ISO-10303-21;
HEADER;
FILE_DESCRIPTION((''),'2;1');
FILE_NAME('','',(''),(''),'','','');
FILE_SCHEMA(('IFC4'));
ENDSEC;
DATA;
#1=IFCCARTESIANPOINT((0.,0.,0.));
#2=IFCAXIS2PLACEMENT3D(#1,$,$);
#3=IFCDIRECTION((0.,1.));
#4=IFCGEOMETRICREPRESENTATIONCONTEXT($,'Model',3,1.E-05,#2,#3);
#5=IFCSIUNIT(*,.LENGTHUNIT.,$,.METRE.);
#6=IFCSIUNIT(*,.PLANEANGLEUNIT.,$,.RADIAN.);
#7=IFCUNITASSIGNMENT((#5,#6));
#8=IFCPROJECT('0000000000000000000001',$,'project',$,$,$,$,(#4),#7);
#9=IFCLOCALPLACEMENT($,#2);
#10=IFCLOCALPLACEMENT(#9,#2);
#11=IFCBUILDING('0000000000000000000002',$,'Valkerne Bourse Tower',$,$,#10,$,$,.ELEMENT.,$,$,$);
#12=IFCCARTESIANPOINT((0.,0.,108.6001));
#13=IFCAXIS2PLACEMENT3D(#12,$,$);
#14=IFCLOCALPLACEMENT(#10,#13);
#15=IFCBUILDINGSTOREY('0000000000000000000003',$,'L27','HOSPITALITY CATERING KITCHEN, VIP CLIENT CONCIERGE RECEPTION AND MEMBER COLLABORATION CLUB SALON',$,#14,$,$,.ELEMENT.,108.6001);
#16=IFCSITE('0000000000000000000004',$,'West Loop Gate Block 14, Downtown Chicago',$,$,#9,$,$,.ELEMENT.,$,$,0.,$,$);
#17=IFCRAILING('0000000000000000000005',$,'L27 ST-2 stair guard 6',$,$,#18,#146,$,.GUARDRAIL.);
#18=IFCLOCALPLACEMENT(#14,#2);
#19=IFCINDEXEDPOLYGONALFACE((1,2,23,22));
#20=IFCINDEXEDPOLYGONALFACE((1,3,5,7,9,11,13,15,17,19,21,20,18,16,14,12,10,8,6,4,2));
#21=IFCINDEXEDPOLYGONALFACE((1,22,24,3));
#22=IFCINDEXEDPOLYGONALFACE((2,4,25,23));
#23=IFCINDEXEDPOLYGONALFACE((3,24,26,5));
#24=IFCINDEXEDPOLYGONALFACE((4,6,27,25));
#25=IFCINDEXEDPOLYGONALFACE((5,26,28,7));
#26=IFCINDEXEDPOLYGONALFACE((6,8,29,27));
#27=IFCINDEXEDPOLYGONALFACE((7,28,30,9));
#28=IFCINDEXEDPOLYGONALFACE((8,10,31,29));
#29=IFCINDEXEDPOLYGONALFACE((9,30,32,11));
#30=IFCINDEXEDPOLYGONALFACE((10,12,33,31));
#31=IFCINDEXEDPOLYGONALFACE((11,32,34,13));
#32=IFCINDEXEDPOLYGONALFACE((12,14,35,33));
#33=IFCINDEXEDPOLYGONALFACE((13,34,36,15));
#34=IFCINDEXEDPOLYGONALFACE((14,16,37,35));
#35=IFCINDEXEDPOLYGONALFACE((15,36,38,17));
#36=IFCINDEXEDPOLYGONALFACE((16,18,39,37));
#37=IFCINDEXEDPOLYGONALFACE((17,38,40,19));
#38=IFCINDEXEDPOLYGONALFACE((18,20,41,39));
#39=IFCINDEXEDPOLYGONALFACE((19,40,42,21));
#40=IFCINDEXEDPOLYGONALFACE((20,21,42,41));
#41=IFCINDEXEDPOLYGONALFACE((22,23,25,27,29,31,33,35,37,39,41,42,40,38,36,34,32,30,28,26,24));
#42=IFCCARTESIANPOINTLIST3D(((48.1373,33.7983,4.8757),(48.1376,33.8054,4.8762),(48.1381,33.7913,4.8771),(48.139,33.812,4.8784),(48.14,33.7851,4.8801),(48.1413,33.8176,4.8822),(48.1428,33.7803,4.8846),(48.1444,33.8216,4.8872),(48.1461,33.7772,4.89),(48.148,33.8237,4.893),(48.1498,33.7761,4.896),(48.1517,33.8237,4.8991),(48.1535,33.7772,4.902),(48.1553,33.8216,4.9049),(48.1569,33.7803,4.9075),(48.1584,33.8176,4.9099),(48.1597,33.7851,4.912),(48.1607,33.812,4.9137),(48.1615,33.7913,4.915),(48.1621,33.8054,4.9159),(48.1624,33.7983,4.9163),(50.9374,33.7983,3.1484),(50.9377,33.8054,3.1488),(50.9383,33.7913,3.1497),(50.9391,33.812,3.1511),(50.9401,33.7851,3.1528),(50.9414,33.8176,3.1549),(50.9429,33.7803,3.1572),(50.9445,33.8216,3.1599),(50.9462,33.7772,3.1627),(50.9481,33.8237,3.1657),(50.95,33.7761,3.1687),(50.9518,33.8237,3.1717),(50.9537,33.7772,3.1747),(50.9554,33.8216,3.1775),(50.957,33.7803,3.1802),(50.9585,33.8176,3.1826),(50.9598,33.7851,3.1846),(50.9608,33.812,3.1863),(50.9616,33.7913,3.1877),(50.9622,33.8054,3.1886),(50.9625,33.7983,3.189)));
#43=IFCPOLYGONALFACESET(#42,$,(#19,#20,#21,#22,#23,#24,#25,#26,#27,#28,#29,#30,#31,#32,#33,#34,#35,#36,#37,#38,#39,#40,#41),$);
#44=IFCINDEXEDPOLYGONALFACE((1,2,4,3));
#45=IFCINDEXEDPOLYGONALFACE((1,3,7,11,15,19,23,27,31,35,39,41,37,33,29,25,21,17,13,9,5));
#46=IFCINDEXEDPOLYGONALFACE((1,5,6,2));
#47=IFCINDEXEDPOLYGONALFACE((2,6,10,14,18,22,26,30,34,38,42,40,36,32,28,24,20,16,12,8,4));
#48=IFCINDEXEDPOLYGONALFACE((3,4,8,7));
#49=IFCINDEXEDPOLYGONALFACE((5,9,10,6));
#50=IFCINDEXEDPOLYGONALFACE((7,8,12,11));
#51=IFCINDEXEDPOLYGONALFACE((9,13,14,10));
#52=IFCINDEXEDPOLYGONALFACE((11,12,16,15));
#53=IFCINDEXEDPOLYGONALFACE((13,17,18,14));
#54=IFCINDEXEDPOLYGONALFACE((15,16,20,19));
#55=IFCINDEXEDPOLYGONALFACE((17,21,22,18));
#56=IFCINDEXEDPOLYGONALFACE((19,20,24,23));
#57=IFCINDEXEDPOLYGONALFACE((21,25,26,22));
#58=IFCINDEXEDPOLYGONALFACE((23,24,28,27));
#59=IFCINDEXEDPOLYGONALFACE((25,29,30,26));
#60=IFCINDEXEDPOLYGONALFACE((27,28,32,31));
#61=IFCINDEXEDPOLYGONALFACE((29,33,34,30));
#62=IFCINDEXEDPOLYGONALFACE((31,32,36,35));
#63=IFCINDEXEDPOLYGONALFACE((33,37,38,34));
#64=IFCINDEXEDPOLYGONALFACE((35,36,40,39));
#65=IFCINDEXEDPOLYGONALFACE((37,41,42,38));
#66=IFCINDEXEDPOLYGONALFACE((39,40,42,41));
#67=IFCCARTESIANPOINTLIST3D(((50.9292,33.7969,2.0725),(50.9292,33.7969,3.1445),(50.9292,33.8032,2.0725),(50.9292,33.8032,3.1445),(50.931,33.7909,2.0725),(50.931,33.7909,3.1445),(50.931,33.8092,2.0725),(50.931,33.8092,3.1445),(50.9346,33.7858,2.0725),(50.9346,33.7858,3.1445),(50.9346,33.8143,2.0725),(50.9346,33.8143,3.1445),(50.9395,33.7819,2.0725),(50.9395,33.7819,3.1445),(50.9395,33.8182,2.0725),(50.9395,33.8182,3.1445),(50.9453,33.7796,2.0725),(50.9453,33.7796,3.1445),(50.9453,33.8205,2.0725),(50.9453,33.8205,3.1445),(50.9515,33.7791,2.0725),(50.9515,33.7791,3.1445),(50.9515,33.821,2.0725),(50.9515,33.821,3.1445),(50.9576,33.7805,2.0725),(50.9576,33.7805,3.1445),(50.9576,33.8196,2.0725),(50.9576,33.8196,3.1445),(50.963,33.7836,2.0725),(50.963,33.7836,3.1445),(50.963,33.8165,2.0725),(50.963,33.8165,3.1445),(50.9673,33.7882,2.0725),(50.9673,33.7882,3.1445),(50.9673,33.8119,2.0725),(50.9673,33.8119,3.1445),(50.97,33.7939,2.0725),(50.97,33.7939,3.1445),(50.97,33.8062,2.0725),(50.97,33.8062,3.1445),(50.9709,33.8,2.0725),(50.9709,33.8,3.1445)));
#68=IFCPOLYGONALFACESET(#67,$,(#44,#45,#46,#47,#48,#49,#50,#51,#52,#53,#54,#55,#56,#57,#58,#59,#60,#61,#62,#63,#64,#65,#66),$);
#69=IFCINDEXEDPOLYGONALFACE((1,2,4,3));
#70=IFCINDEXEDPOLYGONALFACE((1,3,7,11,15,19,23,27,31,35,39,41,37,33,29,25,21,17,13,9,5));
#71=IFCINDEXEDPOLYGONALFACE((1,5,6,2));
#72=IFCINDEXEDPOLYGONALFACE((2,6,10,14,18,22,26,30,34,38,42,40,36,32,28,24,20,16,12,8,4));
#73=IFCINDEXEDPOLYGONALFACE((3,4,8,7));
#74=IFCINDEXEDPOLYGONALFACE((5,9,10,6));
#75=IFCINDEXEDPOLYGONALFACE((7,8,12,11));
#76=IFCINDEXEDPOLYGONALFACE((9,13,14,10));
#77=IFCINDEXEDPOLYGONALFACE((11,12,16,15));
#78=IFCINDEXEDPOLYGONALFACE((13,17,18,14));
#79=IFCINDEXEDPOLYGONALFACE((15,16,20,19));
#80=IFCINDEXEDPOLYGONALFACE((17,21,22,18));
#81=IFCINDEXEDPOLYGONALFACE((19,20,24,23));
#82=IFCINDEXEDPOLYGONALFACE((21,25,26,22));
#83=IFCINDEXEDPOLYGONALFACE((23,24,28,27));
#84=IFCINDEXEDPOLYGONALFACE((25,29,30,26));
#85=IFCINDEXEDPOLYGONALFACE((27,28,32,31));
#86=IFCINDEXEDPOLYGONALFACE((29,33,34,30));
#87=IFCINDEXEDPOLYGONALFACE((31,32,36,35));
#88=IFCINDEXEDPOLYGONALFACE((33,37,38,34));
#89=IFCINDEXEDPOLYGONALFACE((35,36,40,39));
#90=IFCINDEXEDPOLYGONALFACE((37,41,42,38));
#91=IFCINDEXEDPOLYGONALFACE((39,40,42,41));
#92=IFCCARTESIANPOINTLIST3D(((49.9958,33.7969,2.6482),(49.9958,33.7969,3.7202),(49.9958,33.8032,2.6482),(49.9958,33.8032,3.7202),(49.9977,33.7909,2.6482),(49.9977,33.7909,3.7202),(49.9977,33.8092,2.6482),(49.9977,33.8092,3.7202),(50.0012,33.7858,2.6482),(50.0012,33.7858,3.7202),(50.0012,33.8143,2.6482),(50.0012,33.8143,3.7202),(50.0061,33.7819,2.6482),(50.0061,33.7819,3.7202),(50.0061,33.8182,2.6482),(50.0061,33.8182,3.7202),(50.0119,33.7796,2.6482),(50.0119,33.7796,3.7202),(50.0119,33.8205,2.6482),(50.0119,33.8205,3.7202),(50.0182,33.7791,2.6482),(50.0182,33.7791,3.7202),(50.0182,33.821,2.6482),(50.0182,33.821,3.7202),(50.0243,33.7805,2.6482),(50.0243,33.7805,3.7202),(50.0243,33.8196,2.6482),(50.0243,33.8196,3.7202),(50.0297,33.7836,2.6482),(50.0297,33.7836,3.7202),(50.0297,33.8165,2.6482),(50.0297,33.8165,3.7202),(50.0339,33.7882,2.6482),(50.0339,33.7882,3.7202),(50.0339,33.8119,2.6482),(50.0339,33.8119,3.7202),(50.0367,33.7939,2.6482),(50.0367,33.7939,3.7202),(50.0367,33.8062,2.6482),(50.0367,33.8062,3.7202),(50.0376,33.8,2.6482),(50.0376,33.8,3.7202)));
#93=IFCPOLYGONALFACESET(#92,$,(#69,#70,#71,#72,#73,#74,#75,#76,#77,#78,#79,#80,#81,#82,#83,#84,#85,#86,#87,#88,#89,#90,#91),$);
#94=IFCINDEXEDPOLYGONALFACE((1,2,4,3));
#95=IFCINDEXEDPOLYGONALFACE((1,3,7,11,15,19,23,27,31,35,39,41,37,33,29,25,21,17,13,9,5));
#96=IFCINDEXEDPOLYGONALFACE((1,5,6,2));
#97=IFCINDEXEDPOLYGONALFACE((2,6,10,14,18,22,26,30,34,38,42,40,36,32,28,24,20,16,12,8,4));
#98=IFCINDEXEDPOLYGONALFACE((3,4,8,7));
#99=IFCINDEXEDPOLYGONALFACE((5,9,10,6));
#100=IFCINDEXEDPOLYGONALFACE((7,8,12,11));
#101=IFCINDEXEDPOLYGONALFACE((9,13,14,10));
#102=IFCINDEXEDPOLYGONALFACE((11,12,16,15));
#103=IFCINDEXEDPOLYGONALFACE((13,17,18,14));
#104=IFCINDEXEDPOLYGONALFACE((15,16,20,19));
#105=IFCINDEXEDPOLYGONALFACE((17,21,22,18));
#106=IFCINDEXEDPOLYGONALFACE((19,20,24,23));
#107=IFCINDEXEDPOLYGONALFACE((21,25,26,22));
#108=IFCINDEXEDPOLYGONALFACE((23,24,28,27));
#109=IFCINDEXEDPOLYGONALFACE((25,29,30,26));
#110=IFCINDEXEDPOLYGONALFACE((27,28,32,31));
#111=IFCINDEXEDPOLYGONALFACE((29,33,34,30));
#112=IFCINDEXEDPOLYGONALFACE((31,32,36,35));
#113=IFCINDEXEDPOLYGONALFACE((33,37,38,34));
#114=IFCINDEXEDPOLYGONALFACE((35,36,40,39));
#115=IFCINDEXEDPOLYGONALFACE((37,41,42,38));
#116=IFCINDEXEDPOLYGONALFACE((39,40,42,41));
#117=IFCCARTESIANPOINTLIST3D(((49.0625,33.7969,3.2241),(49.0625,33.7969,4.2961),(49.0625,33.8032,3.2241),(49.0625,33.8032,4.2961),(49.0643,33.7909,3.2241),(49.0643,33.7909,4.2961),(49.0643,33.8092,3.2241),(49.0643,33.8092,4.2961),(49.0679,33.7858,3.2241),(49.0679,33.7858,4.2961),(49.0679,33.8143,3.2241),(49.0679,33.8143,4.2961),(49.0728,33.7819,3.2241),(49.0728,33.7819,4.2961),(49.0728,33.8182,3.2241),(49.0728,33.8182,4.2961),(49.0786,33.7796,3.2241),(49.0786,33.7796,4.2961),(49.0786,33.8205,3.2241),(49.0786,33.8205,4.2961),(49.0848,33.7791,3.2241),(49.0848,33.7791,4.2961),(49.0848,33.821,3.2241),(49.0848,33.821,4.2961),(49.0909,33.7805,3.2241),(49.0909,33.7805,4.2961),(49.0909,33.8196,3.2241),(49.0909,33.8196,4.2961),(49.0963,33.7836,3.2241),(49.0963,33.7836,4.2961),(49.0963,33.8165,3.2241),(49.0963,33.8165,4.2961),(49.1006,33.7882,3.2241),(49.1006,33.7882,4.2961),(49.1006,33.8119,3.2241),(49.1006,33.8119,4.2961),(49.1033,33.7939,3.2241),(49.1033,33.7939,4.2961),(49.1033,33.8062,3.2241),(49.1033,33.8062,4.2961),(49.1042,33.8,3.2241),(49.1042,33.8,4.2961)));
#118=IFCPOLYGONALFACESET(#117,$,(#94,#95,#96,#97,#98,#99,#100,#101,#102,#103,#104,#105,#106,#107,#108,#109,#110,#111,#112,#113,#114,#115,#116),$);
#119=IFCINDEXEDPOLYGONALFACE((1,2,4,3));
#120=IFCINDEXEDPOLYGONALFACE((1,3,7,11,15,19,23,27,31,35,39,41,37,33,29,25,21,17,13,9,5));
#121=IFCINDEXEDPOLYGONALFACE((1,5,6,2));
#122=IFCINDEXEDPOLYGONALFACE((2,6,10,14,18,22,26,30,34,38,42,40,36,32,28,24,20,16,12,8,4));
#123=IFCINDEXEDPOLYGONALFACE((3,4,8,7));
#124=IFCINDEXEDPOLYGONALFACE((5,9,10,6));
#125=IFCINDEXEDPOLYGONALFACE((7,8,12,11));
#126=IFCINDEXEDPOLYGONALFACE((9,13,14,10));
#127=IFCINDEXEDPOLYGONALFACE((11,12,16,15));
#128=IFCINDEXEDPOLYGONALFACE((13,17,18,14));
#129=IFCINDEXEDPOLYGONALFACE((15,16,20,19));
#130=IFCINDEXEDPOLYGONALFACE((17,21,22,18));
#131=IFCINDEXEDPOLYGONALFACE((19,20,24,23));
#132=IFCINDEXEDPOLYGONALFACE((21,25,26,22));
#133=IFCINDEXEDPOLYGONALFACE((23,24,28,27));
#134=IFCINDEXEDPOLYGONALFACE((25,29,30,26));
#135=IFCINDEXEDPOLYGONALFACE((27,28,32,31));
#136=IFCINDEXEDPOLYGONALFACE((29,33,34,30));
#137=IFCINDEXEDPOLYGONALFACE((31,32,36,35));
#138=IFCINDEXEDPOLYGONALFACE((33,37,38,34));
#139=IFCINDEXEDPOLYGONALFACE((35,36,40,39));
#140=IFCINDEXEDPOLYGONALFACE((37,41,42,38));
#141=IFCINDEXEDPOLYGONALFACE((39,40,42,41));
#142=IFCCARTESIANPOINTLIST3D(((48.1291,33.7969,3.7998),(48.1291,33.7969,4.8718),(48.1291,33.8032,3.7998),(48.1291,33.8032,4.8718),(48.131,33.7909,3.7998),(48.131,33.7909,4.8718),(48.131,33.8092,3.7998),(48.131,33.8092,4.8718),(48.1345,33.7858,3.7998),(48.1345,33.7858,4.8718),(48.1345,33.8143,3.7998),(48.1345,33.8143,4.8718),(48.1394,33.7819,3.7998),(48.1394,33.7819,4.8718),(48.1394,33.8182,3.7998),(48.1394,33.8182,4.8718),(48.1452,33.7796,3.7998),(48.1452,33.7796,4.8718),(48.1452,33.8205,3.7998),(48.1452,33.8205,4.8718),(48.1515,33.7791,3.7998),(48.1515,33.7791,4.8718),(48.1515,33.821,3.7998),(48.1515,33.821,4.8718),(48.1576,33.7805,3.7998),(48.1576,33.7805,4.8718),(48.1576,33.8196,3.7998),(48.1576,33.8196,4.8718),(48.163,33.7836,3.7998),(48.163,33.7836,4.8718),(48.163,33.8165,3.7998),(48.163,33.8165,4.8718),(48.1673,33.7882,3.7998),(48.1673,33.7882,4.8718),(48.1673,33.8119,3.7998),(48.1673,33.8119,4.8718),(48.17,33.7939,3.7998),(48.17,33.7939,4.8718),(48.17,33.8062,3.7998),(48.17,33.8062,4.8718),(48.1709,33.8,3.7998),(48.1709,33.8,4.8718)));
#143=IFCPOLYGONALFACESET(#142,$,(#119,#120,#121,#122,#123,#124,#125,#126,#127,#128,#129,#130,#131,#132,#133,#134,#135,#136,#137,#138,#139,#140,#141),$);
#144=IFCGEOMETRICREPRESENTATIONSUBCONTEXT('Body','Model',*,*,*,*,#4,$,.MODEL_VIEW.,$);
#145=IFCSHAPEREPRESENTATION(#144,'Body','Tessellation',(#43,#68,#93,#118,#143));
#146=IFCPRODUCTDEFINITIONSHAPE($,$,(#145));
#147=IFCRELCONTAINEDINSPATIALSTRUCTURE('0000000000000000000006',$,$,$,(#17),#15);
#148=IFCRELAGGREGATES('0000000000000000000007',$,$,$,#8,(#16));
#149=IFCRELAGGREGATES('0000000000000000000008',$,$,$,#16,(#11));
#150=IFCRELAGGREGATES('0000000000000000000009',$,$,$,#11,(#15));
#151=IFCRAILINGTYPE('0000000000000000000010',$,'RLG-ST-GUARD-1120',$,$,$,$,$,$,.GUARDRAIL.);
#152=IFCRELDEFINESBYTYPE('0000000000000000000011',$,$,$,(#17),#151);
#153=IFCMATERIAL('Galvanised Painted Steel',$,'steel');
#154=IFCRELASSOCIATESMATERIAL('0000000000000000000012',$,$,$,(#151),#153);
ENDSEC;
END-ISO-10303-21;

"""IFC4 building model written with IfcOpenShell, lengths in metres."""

from ifc_helpers import new_model, si_unit, direction, frame, origin, origin_2d, place, context, subcontext, project, spatial, circle, extrude, material, type_object, element, save


model = new_model("IFC4")

# Units and contexts
model_context = context("Model", 3, precision=1e-05, world=origin(), true_north=direction((0.0, 1.0)))
body_context = subcontext(model_context, "Body", "Model", "MODEL_VIEW")
ifc_project = project(units=[si_unit("LENGTHUNIT", "METRE"), si_unit("PLANEANGLEUNIT", "RADIAN")], contexts=[model_context])

# Site, building, storey
site_placement = place(None, origin())
site = spatial("IfcSite", under=ifc_project, at=site_placement, Name="West Loop Gate Block 14, Downtown Chicago", CompositionType="ELEMENT", RefElevation=0.0)
building_placement = place(site_placement, origin())
building = spatial("IfcBuilding", under=site, at=building_placement, Name="Valkerne Bourse Tower", CompositionType="ELEMENT")
storey_placement = place(building_placement, frame((0.0, 0.0, 108.6001)))
storey = spatial("IfcBuildingStorey", under=building, at=storey_placement, Name="L27", Description="HOSPITALITY CATERING KITCHEN, VIP CLIENT CONCIERGE RECEPTION AND MEMBER COLLABORATION CLUB SALON", CompositionType="ELEMENT", Elevation=108.6001)

# Railing
ifc_material_1 = material(Name="Galvanised Painted Steel", Category="steel")
railing_type_1 = type_object("IfcRailingType", Name="RLG-ST-GUARD-1120", PredefinedType="GUARDRAIL", material=ifc_material_1)
railing_1_placement = place(storey_placement, frame((50.95, 33.8, 2.0725)))
element("IfcRailing", 1, at=railing_1_placement, inside=storey, type_object=railing_type_1, Name="L27 ST-2 stair guard 6", PredefinedType="GUARDRAIL", context=body_context, shape_type="SweptSolid", body=[
    extrude(circle(Radius=0.0239, at=origin_2d()), frame((0.0, 0.0, 1.0962), z_axis=(-0.85109, 0.0, 0.52502), x_axis=(0.0, -1.0, 0.0)), (0.0, 0.0, 1.0), 3.29),
    extrude(circle(Radius=0.021, at=origin_2d()), origin(), (0.0, 0.0, 1.0), 1.072),
    extrude(circle(Radius=0.021, at=origin_2d()), frame((-0.9333, 0.0, 0.5757)), (0.0, 0.0, 1.0), 1.072),
    extrude(circle(Radius=0.021, at=origin_2d()), frame((-1.8667, 0.0, 1.1516)), (0.0, 0.0, 1.0), 1.072),
    extrude(circle(Radius=0.021, at=origin_2d()), frame((-2.8, 0.0, 1.7273)), (0.0, 0.0, 1.0), 1.072),
])

save(model, "model.ifc")
